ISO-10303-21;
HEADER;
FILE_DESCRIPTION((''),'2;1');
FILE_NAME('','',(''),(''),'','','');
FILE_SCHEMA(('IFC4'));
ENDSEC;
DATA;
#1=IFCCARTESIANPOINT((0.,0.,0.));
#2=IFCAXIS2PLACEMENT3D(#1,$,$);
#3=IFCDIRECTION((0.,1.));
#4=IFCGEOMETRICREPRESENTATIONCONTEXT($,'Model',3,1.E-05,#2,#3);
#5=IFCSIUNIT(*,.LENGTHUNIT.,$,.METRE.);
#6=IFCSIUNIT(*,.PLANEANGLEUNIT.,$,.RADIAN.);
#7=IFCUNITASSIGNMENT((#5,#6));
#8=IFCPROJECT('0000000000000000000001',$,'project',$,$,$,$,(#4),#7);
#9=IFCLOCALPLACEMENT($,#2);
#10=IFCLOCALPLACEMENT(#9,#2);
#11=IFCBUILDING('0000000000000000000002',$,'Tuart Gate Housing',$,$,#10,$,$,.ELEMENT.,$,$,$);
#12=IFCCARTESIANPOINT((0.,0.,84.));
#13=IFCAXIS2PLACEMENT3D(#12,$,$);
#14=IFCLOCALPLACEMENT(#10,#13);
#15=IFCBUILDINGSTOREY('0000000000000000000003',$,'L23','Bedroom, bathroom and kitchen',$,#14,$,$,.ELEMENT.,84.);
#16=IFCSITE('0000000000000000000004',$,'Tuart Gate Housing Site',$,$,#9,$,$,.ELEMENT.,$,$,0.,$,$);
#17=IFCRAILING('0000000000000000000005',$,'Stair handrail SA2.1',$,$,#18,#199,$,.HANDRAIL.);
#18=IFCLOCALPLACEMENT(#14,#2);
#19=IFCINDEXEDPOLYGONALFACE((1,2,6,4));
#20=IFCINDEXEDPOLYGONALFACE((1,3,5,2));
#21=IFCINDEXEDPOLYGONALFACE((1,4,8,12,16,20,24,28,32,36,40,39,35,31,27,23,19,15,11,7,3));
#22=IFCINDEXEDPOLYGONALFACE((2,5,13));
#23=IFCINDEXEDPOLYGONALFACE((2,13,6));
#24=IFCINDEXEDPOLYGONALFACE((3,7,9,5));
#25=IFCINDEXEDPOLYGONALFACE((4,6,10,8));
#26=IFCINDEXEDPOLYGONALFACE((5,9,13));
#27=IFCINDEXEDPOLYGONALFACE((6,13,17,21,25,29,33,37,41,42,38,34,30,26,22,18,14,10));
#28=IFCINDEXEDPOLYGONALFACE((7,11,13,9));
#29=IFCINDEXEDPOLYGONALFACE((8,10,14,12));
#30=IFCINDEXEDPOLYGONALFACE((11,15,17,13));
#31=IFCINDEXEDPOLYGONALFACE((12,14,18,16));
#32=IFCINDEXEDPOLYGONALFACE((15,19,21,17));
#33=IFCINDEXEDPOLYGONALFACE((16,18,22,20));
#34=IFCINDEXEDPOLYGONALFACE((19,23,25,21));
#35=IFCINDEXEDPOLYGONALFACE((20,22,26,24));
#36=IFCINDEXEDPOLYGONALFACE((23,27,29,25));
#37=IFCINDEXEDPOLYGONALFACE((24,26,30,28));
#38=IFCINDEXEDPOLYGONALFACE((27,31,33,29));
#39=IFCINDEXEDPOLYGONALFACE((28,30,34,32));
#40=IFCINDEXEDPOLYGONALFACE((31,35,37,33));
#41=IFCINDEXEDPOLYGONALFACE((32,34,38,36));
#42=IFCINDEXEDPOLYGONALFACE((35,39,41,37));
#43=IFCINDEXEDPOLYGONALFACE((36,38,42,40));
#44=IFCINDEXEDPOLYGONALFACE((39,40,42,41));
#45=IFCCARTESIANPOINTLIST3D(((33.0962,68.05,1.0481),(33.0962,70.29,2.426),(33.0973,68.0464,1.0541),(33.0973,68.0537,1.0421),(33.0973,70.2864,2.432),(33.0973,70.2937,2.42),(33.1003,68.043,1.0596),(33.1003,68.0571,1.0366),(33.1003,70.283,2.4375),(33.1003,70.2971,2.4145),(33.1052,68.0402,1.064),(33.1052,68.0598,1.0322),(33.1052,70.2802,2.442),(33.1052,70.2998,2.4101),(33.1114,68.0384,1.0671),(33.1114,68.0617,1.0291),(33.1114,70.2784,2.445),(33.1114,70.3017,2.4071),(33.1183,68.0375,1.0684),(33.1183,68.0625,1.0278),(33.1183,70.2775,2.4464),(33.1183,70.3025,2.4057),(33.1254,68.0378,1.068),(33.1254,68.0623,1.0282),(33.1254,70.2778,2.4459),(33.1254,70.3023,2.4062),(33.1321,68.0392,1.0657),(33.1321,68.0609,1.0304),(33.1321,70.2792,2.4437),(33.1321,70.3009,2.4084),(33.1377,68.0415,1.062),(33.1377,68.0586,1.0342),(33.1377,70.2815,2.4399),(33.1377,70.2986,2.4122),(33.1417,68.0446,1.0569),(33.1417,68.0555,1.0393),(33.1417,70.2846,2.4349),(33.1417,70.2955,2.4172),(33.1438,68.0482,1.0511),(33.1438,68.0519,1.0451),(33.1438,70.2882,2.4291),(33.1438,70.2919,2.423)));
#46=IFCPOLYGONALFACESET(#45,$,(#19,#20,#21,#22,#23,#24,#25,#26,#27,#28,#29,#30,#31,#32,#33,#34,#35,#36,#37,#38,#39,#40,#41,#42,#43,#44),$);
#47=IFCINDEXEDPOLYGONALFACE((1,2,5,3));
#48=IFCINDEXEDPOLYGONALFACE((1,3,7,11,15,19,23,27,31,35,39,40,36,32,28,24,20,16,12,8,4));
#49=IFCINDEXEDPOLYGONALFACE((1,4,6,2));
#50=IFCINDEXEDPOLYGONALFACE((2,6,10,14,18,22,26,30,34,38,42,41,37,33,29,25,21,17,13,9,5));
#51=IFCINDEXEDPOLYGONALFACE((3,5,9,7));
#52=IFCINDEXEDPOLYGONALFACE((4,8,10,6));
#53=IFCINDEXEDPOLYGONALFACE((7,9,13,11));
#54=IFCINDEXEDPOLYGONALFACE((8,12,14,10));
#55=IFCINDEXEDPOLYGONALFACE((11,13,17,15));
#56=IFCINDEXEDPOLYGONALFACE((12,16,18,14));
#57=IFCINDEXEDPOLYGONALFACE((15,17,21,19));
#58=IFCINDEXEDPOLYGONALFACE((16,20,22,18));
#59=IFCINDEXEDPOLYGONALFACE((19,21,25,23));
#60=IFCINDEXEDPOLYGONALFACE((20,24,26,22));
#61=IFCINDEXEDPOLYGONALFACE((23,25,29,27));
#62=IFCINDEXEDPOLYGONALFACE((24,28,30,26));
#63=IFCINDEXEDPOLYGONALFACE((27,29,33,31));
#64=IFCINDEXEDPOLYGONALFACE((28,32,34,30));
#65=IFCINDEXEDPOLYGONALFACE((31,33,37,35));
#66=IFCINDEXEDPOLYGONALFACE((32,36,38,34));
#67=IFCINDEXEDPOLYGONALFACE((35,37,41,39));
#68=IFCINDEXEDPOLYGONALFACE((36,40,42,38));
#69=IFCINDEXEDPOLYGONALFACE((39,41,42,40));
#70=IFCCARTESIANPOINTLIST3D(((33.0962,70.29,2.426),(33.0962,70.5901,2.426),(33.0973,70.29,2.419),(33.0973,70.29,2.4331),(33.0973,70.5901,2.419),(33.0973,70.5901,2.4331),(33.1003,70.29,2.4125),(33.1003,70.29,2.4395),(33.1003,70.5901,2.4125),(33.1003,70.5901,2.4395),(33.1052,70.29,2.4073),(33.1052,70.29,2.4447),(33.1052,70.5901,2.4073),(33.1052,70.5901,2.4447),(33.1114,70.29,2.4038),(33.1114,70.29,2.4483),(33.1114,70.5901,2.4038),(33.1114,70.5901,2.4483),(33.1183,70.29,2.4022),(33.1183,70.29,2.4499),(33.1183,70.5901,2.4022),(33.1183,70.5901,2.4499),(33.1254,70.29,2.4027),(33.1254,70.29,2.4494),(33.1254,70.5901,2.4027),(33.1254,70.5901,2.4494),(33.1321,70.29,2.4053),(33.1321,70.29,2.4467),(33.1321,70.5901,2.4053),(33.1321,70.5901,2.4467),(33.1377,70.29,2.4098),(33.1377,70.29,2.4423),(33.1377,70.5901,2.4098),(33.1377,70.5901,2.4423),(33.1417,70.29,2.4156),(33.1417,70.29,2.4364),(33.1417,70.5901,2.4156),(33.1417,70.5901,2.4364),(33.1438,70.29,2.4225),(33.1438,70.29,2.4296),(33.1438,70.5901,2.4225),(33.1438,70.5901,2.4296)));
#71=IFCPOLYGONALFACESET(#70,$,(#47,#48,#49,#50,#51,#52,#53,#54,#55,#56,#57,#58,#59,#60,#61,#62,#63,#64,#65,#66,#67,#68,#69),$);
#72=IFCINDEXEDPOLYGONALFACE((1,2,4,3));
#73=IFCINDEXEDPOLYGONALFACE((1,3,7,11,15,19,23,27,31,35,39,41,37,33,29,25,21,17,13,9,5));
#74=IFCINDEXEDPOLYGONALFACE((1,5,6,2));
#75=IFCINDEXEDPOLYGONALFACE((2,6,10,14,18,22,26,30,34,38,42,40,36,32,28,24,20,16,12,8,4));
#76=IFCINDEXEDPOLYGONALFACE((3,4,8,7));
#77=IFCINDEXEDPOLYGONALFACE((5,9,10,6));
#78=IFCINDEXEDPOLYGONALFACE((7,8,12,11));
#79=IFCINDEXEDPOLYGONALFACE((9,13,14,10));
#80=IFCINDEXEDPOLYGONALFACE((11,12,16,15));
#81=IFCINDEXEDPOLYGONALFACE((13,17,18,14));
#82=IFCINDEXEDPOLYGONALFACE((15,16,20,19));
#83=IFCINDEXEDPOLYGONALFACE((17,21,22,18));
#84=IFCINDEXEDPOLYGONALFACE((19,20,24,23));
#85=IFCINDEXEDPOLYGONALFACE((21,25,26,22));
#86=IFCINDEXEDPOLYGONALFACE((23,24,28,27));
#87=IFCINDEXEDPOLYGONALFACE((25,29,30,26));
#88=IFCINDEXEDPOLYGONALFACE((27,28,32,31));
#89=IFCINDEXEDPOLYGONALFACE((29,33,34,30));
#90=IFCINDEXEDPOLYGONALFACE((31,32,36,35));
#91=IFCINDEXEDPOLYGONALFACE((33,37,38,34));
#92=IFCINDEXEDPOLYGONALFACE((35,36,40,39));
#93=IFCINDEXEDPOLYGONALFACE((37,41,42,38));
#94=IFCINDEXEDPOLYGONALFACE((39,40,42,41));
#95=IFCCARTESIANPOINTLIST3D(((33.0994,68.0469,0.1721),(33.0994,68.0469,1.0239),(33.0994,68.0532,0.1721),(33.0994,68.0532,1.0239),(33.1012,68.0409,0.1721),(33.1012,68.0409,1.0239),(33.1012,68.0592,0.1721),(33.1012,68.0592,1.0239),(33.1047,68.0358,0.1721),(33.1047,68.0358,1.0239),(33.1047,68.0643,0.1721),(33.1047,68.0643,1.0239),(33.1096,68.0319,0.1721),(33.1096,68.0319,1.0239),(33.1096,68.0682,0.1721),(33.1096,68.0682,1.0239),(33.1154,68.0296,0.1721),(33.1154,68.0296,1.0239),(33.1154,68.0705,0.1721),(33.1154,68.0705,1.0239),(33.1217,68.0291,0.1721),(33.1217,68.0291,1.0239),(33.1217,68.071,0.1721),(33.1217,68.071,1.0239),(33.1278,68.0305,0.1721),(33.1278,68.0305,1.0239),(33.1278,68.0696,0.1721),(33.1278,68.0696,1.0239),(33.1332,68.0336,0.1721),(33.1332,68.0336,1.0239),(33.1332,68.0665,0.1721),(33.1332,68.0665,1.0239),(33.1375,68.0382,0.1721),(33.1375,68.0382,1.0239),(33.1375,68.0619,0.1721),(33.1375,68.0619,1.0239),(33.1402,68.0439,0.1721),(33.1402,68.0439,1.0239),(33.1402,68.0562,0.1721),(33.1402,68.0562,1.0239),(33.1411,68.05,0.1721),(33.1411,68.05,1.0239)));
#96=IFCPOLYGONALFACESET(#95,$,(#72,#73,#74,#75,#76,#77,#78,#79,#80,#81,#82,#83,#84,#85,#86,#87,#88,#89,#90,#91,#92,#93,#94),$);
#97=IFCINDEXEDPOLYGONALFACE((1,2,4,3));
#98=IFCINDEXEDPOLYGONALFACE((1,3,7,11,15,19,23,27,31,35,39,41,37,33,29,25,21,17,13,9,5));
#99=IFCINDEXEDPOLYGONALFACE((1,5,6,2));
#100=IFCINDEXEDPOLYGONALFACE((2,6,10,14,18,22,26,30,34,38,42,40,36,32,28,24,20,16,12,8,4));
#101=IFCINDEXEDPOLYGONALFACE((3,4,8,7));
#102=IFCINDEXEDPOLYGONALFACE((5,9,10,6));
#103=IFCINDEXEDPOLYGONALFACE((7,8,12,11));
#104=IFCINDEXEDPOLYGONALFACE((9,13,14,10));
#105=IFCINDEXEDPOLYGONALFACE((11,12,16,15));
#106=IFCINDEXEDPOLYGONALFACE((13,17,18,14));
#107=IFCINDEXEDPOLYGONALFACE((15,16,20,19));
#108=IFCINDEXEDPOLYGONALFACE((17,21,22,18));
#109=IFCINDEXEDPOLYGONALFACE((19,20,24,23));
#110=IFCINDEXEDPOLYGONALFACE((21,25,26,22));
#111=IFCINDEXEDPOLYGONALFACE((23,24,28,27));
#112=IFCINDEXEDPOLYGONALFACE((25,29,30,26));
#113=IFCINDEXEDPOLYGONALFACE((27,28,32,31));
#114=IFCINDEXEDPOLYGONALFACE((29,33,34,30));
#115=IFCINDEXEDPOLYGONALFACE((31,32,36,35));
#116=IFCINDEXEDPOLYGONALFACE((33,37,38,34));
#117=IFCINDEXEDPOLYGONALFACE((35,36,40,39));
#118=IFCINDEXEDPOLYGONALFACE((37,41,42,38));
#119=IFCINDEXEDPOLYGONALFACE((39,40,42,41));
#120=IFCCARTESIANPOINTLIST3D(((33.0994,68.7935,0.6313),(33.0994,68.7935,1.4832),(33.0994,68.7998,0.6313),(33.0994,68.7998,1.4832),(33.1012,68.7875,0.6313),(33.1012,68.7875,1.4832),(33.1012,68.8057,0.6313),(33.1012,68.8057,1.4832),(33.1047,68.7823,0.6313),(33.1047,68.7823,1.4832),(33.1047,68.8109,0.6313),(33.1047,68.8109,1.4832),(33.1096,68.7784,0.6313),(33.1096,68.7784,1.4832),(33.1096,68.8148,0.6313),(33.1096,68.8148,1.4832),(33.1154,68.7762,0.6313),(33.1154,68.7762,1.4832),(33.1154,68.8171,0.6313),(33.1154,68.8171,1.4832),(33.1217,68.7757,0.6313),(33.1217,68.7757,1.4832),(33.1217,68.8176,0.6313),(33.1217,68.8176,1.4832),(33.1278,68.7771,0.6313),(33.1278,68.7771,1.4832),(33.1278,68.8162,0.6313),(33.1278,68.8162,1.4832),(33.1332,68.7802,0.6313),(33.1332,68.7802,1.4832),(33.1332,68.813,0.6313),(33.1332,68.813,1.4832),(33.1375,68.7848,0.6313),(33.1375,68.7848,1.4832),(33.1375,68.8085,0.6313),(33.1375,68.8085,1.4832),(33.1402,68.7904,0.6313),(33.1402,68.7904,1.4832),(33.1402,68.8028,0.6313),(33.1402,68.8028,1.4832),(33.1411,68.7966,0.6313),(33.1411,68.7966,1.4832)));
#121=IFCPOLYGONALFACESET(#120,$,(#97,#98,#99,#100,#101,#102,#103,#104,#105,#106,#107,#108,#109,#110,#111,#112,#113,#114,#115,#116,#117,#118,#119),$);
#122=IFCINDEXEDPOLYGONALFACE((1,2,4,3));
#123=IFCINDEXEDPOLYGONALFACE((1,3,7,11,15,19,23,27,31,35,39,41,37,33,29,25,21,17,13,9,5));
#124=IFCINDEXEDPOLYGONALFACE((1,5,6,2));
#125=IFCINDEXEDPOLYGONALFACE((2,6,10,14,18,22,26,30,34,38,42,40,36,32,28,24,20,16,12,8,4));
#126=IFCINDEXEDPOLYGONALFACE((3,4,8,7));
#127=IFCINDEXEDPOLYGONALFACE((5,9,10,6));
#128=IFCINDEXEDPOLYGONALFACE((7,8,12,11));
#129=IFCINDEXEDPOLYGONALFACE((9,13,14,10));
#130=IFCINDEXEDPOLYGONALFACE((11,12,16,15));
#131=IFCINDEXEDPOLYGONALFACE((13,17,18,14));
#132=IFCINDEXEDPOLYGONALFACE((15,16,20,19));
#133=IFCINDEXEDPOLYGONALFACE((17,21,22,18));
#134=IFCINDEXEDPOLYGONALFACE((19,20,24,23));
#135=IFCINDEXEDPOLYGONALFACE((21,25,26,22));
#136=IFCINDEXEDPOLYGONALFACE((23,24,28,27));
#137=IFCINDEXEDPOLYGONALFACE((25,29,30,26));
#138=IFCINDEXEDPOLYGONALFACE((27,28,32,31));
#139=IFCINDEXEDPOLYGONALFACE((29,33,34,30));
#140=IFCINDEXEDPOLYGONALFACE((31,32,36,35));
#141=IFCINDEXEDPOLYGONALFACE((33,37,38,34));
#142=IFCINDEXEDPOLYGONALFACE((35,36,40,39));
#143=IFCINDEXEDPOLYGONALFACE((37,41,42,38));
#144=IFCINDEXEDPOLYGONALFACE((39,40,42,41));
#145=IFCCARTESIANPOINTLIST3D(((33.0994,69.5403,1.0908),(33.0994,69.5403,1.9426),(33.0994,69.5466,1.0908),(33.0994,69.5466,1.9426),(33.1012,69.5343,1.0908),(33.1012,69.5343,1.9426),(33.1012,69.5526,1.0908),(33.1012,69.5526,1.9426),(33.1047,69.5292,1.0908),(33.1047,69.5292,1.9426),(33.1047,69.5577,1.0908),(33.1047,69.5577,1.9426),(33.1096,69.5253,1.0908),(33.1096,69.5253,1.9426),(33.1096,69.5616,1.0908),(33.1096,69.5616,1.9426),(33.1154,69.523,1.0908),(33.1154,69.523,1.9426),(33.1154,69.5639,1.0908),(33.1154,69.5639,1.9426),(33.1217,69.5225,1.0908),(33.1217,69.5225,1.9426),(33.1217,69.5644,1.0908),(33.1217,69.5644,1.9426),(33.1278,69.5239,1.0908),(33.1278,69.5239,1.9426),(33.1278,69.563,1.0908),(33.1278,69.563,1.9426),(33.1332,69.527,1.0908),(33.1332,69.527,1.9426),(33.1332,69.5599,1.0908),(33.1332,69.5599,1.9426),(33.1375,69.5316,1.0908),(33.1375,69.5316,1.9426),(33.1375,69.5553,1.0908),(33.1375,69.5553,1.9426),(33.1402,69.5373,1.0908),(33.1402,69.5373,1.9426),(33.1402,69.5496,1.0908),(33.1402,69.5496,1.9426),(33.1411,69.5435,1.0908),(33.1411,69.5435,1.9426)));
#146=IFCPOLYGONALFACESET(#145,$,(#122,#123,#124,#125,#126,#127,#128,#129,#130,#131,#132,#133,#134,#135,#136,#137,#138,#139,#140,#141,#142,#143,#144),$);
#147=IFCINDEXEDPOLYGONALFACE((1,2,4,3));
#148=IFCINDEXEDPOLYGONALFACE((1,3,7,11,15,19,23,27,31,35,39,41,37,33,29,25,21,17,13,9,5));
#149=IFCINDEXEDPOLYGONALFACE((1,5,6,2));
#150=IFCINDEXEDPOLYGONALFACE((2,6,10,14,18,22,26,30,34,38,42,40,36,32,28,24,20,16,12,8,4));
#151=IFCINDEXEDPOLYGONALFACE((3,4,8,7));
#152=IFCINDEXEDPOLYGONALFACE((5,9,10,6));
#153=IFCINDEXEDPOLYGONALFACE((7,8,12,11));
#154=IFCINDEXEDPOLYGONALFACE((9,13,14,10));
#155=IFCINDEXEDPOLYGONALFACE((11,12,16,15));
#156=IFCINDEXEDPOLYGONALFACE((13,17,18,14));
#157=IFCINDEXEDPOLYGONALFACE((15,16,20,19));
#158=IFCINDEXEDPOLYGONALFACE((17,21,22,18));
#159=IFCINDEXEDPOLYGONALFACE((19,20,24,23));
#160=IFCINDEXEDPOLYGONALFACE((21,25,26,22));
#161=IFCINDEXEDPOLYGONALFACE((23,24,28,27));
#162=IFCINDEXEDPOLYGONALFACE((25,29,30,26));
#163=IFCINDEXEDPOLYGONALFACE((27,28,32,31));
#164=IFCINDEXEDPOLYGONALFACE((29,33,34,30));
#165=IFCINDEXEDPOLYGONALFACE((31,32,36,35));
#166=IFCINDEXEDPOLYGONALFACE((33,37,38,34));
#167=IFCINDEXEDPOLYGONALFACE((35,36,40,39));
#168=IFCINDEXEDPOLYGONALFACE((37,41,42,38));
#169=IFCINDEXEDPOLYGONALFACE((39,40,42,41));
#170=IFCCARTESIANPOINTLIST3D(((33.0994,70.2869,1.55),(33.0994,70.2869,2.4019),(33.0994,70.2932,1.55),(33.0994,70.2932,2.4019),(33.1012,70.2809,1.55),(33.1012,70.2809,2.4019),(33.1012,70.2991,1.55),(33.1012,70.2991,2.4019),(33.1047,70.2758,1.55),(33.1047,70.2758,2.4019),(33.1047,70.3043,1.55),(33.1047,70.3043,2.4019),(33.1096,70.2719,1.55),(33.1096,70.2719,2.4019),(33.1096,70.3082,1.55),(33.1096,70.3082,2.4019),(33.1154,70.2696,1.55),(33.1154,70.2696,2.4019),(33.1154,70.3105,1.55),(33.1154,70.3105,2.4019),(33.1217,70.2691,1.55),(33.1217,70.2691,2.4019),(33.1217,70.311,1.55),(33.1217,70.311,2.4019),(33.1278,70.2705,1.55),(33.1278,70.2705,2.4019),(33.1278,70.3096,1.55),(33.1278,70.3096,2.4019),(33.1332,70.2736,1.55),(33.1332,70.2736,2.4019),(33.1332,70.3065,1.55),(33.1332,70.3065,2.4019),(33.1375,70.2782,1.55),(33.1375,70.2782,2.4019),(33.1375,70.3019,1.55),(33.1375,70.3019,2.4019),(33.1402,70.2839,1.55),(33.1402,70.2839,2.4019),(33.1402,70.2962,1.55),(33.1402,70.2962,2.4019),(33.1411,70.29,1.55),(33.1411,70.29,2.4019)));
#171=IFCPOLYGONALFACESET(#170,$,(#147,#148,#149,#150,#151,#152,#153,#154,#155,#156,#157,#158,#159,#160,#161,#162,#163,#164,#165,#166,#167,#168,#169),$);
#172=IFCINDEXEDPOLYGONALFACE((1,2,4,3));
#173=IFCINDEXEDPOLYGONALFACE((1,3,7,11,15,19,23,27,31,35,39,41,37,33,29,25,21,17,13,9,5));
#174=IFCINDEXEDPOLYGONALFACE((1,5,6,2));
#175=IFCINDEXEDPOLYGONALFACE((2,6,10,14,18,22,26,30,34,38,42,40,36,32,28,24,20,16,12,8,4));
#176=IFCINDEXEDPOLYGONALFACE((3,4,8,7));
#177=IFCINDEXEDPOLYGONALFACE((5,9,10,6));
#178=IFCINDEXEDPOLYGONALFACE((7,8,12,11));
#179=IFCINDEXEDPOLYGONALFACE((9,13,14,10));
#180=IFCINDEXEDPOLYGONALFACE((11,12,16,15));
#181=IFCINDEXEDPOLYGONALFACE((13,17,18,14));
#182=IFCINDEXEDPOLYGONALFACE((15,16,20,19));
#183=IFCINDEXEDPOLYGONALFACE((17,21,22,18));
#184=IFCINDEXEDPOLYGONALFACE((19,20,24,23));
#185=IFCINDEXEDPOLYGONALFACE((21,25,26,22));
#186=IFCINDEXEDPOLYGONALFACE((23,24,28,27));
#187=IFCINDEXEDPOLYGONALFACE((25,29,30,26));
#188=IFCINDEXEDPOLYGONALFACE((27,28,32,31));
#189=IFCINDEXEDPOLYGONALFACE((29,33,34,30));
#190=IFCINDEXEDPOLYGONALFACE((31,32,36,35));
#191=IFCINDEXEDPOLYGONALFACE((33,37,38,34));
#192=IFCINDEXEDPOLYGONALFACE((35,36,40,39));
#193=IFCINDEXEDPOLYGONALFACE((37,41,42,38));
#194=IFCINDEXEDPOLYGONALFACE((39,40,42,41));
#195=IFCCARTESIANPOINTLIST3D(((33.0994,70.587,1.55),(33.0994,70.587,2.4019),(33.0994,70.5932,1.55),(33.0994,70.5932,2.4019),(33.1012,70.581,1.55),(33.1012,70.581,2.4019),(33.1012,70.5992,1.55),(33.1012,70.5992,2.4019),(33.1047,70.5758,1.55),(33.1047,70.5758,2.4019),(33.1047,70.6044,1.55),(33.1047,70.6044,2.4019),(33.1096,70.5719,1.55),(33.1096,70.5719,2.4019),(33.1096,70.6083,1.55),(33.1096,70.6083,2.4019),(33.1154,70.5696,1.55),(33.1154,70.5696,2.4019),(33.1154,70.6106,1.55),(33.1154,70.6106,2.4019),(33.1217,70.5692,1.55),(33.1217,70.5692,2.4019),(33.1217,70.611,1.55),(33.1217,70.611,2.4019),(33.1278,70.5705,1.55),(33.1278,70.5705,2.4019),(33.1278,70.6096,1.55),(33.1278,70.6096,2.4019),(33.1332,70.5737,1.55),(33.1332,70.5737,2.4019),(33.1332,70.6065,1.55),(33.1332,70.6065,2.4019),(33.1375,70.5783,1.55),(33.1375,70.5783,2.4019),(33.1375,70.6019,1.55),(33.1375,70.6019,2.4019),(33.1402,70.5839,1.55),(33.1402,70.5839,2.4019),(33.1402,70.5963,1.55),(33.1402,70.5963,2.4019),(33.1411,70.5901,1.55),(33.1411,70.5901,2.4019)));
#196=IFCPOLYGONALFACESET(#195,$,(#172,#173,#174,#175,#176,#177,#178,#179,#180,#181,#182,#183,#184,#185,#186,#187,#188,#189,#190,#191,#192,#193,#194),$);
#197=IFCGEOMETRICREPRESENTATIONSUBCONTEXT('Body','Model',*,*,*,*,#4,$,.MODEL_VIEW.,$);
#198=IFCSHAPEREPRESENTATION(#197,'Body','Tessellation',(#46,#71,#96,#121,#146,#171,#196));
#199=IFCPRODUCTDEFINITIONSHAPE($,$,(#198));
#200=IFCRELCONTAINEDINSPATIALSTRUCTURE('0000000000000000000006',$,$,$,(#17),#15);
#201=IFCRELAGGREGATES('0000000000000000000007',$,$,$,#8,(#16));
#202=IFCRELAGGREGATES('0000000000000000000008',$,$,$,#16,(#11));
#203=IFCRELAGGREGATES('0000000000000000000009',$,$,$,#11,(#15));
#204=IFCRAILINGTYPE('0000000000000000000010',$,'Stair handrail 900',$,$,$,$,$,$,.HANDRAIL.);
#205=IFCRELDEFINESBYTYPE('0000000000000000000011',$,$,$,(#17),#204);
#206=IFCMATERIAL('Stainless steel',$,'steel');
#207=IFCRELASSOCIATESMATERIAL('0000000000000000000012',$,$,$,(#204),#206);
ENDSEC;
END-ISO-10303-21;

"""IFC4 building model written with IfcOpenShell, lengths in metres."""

from ifc_helpers import new_model, si_unit, direction, frame, origin, origin_2d, place, context, subcontext, project, spatial, circle, extrude, material, type_object, element, save


model = new_model("IFC4")

# Units and contexts
model_context = context("Model", 3, precision=1e-05, world=origin(), true_north=direction((0.0, 1.0)))
body_context = subcontext(model_context, "Body", "Model", "MODEL_VIEW")
ifc_project = project(units=[si_unit("LENGTHUNIT", "METRE"), si_unit("PLANEANGLEUNIT", "RADIAN")], contexts=[model_context])

# Site, building, storey
site_placement = place(None, origin())
site = spatial("IfcSite", under=ifc_project, at=site_placement, Name="Tuart Gate Housing Site", CompositionType="ELEMENT", RefElevation=0.0)
building_placement = place(site_placement, origin())
building = spatial("IfcBuilding", under=site, at=building_placement, Name="Tuart Gate Housing", CompositionType="ELEMENT")
storey_placement = place(building_placement, frame((0.0, 0.0, 84.0)))
storey = spatial("IfcBuildingStorey", under=building, at=storey_placement, Name="L23", Description="Bedroom, bathroom and kitchen", CompositionType="ELEMENT", Elevation=84.0)

# Railing
ifc_material_1 = material(Name="Stainless steel", Category="steel")
railing_type = type_object("IfcRailingType", Name="Stair handrail 900", PredefinedType="HANDRAIL", material=ifc_material_1)
railing_placement = place(storey_placement, frame((33.1201, 68.05, 0.1721)))
element("IfcRailing", 1, at=railing_placement, inside=storey, type_object=railing_type, Name="Stair handrail SA2.1", PredefinedType="HANDRAIL", context=body_context, shape_type="SweptSolid", body=[
    extrude(circle(Radius=0.0239, at=origin_2d()), frame((0.0, 0.0, 0.876), z_axis=(0.0, 0.851748, 0.523952), x_axis=(-1.0, 0.0, 0.0)), (0.0, 0.0, 1.0), 2.6299),
    extrude(circle(Radius=0.0239, at=origin_2d()), frame((0.0, 2.24, 2.2539), z_axis=(0.0, 1.0, 0.0), x_axis=(-1.0, 0.0, 0.0)), (0.0, 0.0, 1.0), 0.3),
    extrude(circle(Radius=0.021, at=origin_2d()), origin(), (0.0, 0.0, 1.0), 0.8518),
    extrude(circle(Radius=0.021, at=origin_2d()), frame((0.0, 0.7466, 0.4592)), (0.0, 0.0, 1.0), 0.8518),
    extrude(circle(Radius=0.021, at=origin_2d()), frame((0.0, 1.4934, 0.9187)), (0.0, 0.0, 1.0), 0.8518),
    extrude(circle(Radius=0.021, at=origin_2d()), frame((0.0, 2.24, 1.3779)), (0.0, 0.0, 1.0), 0.8518),
    extrude(circle(Radius=0.021, at=origin_2d()), frame((0.0, 2.54, 1.3779)), (0.0, 0.0, 1.0), 0.8518),
])

save(model, "model.ifc")
